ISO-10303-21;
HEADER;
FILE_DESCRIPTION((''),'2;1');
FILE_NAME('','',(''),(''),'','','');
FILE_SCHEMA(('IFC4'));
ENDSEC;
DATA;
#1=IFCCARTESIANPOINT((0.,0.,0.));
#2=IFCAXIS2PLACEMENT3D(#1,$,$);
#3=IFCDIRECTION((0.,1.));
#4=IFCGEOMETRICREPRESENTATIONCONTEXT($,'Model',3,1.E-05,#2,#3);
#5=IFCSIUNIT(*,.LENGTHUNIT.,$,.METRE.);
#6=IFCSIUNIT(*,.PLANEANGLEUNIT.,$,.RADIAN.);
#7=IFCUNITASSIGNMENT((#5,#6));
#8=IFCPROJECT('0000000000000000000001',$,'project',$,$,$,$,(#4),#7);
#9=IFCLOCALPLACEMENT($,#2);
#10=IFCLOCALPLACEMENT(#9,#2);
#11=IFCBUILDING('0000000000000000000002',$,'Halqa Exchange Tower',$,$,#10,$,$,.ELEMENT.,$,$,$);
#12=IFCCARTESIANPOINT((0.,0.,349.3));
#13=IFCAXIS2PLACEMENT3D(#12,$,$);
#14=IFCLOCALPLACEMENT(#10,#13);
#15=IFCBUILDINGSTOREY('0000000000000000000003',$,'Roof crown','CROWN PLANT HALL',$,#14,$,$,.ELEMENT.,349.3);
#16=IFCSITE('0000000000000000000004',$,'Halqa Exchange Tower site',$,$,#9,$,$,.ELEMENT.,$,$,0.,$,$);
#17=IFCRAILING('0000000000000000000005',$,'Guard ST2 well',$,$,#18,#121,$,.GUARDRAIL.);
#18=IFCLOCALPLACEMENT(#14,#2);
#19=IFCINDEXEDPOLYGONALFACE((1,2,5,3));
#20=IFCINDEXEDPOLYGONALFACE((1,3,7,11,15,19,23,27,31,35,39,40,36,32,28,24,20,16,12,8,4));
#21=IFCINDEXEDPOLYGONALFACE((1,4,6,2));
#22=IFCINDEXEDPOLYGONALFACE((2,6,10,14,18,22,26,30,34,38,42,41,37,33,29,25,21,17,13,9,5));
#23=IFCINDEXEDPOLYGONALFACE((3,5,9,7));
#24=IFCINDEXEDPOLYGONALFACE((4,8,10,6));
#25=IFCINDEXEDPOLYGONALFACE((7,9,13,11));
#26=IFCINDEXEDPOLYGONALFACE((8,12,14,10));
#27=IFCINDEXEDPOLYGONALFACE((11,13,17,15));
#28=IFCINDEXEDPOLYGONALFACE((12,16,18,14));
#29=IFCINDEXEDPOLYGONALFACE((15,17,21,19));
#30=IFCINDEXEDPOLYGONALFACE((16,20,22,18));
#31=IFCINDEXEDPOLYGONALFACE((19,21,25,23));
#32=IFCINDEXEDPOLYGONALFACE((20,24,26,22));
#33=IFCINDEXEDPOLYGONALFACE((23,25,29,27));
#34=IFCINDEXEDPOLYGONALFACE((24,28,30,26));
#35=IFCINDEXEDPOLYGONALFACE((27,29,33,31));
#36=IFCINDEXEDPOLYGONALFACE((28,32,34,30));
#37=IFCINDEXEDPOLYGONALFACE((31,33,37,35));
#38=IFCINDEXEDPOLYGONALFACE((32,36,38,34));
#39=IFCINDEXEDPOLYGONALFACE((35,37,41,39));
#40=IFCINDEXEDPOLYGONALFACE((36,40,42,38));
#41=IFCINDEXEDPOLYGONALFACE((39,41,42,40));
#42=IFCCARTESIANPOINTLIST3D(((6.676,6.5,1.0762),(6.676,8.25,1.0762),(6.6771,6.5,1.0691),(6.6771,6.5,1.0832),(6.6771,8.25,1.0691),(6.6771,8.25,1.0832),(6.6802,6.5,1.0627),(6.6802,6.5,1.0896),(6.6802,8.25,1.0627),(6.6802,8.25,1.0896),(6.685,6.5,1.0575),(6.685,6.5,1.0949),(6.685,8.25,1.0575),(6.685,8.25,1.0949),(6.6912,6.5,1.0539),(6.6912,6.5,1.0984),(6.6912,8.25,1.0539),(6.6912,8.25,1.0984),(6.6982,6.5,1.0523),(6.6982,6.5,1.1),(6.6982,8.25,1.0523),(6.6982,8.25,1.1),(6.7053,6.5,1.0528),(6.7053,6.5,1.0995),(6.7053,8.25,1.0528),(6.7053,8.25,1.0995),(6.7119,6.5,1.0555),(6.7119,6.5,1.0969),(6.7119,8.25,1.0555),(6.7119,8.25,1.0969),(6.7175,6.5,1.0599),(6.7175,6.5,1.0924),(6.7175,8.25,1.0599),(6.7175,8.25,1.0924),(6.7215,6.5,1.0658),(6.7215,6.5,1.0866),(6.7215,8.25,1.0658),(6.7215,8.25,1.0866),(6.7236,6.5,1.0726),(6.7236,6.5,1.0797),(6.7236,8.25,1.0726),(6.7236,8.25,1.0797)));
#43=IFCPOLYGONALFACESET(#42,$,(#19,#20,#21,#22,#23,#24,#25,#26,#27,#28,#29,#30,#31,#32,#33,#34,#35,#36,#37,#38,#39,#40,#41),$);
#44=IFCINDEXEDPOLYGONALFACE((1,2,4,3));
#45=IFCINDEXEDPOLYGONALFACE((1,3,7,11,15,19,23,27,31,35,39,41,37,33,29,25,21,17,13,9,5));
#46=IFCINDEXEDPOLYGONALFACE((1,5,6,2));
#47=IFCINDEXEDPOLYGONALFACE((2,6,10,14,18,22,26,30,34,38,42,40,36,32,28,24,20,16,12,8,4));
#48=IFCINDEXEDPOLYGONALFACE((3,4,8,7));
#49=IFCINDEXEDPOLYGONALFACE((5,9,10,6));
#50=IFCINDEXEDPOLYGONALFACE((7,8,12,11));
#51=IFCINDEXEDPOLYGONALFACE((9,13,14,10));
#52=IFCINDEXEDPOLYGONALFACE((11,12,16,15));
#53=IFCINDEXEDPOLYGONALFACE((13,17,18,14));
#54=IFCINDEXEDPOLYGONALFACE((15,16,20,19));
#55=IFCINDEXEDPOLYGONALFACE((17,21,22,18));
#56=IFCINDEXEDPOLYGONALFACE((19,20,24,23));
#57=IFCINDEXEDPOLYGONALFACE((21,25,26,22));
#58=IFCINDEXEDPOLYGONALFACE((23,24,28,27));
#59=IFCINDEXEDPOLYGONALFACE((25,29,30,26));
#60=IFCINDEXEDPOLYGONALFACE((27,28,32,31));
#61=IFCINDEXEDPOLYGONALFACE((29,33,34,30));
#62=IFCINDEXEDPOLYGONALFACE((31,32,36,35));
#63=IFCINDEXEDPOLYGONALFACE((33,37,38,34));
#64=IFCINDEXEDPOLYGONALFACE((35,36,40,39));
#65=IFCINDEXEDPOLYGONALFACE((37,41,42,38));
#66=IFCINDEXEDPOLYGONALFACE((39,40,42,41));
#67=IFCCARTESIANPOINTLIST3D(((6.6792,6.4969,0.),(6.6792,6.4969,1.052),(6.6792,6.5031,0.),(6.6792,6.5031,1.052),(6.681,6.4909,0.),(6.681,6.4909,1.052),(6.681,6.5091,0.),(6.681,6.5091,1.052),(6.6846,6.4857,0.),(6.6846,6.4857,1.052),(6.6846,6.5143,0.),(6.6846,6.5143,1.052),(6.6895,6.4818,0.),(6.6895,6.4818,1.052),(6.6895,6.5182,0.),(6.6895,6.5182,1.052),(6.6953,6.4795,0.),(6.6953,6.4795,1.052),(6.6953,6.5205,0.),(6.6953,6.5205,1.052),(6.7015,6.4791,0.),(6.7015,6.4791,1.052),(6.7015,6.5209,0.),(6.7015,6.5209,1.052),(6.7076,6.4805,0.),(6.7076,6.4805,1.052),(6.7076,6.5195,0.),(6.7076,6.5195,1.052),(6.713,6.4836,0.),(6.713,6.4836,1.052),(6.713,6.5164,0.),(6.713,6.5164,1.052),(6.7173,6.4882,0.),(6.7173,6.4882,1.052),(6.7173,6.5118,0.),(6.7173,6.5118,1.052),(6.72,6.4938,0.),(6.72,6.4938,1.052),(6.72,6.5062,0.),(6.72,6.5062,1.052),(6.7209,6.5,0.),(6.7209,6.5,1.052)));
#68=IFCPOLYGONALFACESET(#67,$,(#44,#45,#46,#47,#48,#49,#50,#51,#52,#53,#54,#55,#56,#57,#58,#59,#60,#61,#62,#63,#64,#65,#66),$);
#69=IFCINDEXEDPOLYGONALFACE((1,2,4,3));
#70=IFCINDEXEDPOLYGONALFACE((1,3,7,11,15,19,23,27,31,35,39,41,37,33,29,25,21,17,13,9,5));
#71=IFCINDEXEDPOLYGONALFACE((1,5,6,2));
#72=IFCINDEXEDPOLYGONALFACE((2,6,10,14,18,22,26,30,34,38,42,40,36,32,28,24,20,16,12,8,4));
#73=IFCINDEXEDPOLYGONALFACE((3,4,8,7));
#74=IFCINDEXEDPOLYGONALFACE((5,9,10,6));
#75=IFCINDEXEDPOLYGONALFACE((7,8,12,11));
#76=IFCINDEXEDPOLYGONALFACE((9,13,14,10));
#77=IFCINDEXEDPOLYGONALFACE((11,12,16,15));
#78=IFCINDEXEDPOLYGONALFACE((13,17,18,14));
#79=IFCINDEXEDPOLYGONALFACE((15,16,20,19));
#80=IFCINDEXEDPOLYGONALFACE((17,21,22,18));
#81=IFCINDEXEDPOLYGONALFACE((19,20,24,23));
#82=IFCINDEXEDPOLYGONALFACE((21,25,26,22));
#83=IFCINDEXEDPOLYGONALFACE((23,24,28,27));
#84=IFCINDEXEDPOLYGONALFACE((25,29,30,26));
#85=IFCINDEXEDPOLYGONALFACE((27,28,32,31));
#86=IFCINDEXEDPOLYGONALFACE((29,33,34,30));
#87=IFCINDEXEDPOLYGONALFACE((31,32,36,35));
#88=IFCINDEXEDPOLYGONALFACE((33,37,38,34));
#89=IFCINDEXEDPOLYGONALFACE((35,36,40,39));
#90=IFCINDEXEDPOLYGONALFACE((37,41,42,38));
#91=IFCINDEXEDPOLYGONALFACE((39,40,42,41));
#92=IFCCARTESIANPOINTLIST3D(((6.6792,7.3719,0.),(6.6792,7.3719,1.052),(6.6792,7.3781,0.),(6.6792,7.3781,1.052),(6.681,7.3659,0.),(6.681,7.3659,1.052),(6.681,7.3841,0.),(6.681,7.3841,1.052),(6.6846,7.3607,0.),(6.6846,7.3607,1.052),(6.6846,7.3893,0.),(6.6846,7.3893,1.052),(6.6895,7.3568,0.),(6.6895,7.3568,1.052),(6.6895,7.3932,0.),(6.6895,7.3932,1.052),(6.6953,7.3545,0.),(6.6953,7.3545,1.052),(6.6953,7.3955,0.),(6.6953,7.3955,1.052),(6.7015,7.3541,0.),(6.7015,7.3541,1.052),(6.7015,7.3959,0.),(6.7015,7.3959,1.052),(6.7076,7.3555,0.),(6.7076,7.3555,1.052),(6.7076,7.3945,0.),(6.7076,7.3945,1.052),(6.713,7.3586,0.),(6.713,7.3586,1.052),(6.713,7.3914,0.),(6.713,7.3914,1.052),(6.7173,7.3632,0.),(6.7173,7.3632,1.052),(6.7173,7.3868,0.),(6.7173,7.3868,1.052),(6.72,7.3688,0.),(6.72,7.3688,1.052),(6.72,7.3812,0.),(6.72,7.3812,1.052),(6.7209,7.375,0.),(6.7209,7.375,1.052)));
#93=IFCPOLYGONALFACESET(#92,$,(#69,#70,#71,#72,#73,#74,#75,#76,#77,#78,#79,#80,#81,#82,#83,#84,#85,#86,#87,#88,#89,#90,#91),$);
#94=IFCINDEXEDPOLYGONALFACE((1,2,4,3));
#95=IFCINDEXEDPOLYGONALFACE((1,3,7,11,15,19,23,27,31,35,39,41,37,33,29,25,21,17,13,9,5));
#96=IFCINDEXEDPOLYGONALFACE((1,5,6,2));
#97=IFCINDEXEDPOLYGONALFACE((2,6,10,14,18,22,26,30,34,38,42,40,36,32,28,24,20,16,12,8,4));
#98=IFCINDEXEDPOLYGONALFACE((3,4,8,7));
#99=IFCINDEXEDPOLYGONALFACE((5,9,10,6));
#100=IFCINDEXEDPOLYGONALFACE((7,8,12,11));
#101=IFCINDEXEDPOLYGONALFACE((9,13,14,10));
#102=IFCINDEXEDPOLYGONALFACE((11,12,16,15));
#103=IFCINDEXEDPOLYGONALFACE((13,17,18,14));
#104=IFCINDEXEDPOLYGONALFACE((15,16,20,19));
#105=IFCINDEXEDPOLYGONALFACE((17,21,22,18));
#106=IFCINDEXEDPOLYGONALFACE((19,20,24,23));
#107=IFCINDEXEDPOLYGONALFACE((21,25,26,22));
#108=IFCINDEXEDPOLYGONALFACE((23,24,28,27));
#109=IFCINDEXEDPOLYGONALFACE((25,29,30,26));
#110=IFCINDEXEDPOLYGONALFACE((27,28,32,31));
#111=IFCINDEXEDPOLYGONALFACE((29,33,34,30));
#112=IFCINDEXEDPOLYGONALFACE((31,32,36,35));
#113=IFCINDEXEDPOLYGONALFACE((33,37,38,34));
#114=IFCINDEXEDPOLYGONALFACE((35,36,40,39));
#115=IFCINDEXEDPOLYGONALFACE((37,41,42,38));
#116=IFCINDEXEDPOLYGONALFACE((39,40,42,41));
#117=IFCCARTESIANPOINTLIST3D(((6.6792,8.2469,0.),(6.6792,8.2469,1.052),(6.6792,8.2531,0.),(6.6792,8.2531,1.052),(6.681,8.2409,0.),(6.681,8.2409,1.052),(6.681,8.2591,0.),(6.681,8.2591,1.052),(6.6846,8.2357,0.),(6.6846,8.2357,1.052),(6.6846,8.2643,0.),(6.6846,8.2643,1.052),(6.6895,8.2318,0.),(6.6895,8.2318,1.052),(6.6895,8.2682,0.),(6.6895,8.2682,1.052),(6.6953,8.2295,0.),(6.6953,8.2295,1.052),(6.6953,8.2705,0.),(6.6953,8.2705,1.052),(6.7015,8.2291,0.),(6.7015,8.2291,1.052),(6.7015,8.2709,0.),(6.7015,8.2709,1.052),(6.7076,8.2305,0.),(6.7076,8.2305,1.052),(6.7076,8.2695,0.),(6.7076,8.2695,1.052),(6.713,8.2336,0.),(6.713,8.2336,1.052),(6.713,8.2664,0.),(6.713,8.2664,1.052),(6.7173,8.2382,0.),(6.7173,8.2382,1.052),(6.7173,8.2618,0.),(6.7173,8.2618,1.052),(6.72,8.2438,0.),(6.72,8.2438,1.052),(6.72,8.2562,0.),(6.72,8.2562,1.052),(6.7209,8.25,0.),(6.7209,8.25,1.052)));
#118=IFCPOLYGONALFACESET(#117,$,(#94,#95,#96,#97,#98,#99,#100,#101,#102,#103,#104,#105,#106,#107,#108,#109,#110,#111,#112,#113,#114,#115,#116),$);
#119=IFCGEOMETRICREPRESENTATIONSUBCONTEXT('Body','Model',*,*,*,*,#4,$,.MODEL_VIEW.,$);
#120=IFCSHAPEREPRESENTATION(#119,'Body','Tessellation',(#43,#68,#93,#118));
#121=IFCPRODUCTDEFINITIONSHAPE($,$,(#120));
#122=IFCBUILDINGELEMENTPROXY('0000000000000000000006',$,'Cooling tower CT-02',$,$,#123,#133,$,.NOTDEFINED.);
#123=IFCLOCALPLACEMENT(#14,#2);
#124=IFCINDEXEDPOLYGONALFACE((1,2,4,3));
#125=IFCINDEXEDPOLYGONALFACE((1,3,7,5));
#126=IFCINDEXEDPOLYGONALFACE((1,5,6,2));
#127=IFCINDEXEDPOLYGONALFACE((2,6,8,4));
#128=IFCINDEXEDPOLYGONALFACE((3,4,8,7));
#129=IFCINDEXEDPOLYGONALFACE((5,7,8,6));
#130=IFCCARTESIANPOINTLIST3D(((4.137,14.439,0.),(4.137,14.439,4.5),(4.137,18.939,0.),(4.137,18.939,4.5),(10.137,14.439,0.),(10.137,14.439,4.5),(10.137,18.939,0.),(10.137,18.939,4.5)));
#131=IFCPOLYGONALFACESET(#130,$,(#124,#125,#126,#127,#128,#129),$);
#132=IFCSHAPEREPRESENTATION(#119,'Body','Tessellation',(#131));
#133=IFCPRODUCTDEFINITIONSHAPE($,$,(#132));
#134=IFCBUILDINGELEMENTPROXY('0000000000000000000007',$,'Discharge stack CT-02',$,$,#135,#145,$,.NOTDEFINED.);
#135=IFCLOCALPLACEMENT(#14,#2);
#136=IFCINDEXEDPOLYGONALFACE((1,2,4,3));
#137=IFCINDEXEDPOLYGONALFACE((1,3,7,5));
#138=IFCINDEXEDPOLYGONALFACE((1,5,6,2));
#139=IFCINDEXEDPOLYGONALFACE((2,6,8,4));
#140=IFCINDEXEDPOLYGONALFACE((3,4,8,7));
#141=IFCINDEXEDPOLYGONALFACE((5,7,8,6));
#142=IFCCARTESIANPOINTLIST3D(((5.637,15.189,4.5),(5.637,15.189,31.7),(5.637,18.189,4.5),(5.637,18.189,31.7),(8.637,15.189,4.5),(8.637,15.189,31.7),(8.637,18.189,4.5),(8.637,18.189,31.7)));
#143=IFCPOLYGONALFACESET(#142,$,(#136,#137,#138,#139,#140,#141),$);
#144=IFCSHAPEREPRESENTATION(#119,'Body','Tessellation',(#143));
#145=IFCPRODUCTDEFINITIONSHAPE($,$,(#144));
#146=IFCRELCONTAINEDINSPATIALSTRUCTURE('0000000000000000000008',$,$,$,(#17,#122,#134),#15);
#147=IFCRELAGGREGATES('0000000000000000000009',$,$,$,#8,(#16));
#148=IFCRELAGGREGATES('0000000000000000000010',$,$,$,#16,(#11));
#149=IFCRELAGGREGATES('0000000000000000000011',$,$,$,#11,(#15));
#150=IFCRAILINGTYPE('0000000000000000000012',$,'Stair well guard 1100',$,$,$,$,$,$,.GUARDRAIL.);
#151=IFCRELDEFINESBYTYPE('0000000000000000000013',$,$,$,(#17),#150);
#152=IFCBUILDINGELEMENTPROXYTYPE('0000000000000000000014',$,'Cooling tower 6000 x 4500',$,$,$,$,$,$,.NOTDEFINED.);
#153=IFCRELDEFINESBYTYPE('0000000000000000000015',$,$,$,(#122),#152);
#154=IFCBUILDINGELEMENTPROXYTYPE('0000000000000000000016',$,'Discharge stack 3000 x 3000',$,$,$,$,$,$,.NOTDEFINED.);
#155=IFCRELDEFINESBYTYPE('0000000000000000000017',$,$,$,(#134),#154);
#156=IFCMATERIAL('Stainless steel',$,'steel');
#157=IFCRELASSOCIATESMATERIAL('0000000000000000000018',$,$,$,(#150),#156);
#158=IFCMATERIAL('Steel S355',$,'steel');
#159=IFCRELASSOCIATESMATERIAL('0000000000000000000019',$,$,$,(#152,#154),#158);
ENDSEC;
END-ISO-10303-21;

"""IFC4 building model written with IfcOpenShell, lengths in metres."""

from ifc_helpers import new_model, si_unit, direction, frame, origin, origin_2d, place, context, subcontext, project, spatial, rectangle, circle, extrude, material, type_object, element, save


model = new_model("IFC4")

# Units and contexts
model_context = context("Model", 3, precision=1e-05, world=origin(), true_north=direction((0.0, 1.0)))
body_context = subcontext(model_context, "Body", "Model", "MODEL_VIEW")
ifc_project = project(units=[si_unit("LENGTHUNIT", "METRE"), si_unit("PLANEANGLEUNIT", "RADIAN")], contexts=[model_context])

# Site, building, storey
site_placement = place(None, origin())
site = spatial("IfcSite", under=ifc_project, at=site_placement, Name="Halqa Exchange Tower site", CompositionType="ELEMENT", RefElevation=0.0)
building_placement = place(site_placement, origin())
building = spatial("IfcBuilding", under=site, at=building_placement, Name="Halqa Exchange Tower", CompositionType="ELEMENT")
storey_placement = place(building_placement, frame((0.0, 0.0, 349.3)))
storey = spatial("IfcBuildingStorey", under=building, at=storey_placement, Name="Roof crown", Description="CROWN PLANT HALL", CompositionType="ELEMENT", Elevation=349.3)

# Shared definitions
ifc_material_1 = material(Name="Steel S355", Category="steel")

# Shared definitions
ifc_material_2 = material(Name="Stainless steel", Category="steel")

# Railing
railing_type_1 = type_object("IfcRailingType", Name="Stair well guard 1100", PredefinedType="GUARDRAIL", material=ifc_material_2)
railing_1_placement = place(storey_placement, frame((6.7, 6.5, 0.0)))
element("IfcRailing", 1, at=railing_1_placement, inside=storey, type_object=railing_type_1, Name="Guard ST2 well", PredefinedType="GUARDRAIL", context=body_context, shape_type="SweptSolid", body=[
    extrude(circle(Radius=0.0239, at=origin_2d()), frame((0.0, 0.0, 1.0762), z_axis=(0.0, 1.0, 0.0), x_axis=(-1.0, 0.0, 0.0)), (0.0, 0.0, 1.0), 1.75),
    extrude(circle(Radius=0.021, at=origin_2d()), origin(), (0.0, 0.0, 1.0), 1.052),
    extrude(circle(Radius=0.021, at=origin_2d()), frame((0.0, 0.875, 0.0)), (0.0, 0.0, 1.0), 1.052),
    extrude(circle(Radius=0.021, at=origin_2d()), frame((0.0, 1.75, 0.0)), (0.0, 0.0, 1.0), 1.052),
])

# Building element proxies
building_element_proxy_type_1 = type_object("IfcBuildingElementProxyType", Name="Cooling tower 6000 x 4500", PredefinedType="NOTDEFINED", material=ifc_material_1)
proxy_1_placement = place(storey_placement, frame((7.137, 16.689, 0.0), z_axis=(0.0, 0.0, 1.0), x_axis=(1.0, 0.0, 0.0)))
element("IfcBuildingElementProxy", 2, at=proxy_1_placement, inside=storey, type_object=building_element_proxy_type_1, Name="Cooling tower CT-02", PredefinedType="NOTDEFINED", context=body_context, shape_type="SweptSolid", body=[
    extrude(rectangle(XDim=6.0, YDim=4.5, at=origin_2d()), origin(), (0.0, 0.0, 1.0), 4.5),
])
building_element_proxy_type_2 = type_object("IfcBuildingElementProxyType", Name="Discharge stack 3000 x 3000", PredefinedType="NOTDEFINED", material=ifc_material_1)
proxy_2_placement = place(storey_placement, frame((7.137, 16.689, 4.5), z_axis=(0.0, 0.0, 1.0), x_axis=(1.0, 0.0, 0.0)))
element("IfcBuildingElementProxy", 3, at=proxy_2_placement, inside=storey, type_object=building_element_proxy_type_2, Name="Discharge stack CT-02", PredefinedType="NOTDEFINED", context=body_context, shape_type="SweptSolid", body=[
    extrude(rectangle(XDim=3.0, YDim=3.0, at=origin_2d()), origin(), (0.0, 0.0, 1.0), 27.2),
])

save(model, "model.ifc")
